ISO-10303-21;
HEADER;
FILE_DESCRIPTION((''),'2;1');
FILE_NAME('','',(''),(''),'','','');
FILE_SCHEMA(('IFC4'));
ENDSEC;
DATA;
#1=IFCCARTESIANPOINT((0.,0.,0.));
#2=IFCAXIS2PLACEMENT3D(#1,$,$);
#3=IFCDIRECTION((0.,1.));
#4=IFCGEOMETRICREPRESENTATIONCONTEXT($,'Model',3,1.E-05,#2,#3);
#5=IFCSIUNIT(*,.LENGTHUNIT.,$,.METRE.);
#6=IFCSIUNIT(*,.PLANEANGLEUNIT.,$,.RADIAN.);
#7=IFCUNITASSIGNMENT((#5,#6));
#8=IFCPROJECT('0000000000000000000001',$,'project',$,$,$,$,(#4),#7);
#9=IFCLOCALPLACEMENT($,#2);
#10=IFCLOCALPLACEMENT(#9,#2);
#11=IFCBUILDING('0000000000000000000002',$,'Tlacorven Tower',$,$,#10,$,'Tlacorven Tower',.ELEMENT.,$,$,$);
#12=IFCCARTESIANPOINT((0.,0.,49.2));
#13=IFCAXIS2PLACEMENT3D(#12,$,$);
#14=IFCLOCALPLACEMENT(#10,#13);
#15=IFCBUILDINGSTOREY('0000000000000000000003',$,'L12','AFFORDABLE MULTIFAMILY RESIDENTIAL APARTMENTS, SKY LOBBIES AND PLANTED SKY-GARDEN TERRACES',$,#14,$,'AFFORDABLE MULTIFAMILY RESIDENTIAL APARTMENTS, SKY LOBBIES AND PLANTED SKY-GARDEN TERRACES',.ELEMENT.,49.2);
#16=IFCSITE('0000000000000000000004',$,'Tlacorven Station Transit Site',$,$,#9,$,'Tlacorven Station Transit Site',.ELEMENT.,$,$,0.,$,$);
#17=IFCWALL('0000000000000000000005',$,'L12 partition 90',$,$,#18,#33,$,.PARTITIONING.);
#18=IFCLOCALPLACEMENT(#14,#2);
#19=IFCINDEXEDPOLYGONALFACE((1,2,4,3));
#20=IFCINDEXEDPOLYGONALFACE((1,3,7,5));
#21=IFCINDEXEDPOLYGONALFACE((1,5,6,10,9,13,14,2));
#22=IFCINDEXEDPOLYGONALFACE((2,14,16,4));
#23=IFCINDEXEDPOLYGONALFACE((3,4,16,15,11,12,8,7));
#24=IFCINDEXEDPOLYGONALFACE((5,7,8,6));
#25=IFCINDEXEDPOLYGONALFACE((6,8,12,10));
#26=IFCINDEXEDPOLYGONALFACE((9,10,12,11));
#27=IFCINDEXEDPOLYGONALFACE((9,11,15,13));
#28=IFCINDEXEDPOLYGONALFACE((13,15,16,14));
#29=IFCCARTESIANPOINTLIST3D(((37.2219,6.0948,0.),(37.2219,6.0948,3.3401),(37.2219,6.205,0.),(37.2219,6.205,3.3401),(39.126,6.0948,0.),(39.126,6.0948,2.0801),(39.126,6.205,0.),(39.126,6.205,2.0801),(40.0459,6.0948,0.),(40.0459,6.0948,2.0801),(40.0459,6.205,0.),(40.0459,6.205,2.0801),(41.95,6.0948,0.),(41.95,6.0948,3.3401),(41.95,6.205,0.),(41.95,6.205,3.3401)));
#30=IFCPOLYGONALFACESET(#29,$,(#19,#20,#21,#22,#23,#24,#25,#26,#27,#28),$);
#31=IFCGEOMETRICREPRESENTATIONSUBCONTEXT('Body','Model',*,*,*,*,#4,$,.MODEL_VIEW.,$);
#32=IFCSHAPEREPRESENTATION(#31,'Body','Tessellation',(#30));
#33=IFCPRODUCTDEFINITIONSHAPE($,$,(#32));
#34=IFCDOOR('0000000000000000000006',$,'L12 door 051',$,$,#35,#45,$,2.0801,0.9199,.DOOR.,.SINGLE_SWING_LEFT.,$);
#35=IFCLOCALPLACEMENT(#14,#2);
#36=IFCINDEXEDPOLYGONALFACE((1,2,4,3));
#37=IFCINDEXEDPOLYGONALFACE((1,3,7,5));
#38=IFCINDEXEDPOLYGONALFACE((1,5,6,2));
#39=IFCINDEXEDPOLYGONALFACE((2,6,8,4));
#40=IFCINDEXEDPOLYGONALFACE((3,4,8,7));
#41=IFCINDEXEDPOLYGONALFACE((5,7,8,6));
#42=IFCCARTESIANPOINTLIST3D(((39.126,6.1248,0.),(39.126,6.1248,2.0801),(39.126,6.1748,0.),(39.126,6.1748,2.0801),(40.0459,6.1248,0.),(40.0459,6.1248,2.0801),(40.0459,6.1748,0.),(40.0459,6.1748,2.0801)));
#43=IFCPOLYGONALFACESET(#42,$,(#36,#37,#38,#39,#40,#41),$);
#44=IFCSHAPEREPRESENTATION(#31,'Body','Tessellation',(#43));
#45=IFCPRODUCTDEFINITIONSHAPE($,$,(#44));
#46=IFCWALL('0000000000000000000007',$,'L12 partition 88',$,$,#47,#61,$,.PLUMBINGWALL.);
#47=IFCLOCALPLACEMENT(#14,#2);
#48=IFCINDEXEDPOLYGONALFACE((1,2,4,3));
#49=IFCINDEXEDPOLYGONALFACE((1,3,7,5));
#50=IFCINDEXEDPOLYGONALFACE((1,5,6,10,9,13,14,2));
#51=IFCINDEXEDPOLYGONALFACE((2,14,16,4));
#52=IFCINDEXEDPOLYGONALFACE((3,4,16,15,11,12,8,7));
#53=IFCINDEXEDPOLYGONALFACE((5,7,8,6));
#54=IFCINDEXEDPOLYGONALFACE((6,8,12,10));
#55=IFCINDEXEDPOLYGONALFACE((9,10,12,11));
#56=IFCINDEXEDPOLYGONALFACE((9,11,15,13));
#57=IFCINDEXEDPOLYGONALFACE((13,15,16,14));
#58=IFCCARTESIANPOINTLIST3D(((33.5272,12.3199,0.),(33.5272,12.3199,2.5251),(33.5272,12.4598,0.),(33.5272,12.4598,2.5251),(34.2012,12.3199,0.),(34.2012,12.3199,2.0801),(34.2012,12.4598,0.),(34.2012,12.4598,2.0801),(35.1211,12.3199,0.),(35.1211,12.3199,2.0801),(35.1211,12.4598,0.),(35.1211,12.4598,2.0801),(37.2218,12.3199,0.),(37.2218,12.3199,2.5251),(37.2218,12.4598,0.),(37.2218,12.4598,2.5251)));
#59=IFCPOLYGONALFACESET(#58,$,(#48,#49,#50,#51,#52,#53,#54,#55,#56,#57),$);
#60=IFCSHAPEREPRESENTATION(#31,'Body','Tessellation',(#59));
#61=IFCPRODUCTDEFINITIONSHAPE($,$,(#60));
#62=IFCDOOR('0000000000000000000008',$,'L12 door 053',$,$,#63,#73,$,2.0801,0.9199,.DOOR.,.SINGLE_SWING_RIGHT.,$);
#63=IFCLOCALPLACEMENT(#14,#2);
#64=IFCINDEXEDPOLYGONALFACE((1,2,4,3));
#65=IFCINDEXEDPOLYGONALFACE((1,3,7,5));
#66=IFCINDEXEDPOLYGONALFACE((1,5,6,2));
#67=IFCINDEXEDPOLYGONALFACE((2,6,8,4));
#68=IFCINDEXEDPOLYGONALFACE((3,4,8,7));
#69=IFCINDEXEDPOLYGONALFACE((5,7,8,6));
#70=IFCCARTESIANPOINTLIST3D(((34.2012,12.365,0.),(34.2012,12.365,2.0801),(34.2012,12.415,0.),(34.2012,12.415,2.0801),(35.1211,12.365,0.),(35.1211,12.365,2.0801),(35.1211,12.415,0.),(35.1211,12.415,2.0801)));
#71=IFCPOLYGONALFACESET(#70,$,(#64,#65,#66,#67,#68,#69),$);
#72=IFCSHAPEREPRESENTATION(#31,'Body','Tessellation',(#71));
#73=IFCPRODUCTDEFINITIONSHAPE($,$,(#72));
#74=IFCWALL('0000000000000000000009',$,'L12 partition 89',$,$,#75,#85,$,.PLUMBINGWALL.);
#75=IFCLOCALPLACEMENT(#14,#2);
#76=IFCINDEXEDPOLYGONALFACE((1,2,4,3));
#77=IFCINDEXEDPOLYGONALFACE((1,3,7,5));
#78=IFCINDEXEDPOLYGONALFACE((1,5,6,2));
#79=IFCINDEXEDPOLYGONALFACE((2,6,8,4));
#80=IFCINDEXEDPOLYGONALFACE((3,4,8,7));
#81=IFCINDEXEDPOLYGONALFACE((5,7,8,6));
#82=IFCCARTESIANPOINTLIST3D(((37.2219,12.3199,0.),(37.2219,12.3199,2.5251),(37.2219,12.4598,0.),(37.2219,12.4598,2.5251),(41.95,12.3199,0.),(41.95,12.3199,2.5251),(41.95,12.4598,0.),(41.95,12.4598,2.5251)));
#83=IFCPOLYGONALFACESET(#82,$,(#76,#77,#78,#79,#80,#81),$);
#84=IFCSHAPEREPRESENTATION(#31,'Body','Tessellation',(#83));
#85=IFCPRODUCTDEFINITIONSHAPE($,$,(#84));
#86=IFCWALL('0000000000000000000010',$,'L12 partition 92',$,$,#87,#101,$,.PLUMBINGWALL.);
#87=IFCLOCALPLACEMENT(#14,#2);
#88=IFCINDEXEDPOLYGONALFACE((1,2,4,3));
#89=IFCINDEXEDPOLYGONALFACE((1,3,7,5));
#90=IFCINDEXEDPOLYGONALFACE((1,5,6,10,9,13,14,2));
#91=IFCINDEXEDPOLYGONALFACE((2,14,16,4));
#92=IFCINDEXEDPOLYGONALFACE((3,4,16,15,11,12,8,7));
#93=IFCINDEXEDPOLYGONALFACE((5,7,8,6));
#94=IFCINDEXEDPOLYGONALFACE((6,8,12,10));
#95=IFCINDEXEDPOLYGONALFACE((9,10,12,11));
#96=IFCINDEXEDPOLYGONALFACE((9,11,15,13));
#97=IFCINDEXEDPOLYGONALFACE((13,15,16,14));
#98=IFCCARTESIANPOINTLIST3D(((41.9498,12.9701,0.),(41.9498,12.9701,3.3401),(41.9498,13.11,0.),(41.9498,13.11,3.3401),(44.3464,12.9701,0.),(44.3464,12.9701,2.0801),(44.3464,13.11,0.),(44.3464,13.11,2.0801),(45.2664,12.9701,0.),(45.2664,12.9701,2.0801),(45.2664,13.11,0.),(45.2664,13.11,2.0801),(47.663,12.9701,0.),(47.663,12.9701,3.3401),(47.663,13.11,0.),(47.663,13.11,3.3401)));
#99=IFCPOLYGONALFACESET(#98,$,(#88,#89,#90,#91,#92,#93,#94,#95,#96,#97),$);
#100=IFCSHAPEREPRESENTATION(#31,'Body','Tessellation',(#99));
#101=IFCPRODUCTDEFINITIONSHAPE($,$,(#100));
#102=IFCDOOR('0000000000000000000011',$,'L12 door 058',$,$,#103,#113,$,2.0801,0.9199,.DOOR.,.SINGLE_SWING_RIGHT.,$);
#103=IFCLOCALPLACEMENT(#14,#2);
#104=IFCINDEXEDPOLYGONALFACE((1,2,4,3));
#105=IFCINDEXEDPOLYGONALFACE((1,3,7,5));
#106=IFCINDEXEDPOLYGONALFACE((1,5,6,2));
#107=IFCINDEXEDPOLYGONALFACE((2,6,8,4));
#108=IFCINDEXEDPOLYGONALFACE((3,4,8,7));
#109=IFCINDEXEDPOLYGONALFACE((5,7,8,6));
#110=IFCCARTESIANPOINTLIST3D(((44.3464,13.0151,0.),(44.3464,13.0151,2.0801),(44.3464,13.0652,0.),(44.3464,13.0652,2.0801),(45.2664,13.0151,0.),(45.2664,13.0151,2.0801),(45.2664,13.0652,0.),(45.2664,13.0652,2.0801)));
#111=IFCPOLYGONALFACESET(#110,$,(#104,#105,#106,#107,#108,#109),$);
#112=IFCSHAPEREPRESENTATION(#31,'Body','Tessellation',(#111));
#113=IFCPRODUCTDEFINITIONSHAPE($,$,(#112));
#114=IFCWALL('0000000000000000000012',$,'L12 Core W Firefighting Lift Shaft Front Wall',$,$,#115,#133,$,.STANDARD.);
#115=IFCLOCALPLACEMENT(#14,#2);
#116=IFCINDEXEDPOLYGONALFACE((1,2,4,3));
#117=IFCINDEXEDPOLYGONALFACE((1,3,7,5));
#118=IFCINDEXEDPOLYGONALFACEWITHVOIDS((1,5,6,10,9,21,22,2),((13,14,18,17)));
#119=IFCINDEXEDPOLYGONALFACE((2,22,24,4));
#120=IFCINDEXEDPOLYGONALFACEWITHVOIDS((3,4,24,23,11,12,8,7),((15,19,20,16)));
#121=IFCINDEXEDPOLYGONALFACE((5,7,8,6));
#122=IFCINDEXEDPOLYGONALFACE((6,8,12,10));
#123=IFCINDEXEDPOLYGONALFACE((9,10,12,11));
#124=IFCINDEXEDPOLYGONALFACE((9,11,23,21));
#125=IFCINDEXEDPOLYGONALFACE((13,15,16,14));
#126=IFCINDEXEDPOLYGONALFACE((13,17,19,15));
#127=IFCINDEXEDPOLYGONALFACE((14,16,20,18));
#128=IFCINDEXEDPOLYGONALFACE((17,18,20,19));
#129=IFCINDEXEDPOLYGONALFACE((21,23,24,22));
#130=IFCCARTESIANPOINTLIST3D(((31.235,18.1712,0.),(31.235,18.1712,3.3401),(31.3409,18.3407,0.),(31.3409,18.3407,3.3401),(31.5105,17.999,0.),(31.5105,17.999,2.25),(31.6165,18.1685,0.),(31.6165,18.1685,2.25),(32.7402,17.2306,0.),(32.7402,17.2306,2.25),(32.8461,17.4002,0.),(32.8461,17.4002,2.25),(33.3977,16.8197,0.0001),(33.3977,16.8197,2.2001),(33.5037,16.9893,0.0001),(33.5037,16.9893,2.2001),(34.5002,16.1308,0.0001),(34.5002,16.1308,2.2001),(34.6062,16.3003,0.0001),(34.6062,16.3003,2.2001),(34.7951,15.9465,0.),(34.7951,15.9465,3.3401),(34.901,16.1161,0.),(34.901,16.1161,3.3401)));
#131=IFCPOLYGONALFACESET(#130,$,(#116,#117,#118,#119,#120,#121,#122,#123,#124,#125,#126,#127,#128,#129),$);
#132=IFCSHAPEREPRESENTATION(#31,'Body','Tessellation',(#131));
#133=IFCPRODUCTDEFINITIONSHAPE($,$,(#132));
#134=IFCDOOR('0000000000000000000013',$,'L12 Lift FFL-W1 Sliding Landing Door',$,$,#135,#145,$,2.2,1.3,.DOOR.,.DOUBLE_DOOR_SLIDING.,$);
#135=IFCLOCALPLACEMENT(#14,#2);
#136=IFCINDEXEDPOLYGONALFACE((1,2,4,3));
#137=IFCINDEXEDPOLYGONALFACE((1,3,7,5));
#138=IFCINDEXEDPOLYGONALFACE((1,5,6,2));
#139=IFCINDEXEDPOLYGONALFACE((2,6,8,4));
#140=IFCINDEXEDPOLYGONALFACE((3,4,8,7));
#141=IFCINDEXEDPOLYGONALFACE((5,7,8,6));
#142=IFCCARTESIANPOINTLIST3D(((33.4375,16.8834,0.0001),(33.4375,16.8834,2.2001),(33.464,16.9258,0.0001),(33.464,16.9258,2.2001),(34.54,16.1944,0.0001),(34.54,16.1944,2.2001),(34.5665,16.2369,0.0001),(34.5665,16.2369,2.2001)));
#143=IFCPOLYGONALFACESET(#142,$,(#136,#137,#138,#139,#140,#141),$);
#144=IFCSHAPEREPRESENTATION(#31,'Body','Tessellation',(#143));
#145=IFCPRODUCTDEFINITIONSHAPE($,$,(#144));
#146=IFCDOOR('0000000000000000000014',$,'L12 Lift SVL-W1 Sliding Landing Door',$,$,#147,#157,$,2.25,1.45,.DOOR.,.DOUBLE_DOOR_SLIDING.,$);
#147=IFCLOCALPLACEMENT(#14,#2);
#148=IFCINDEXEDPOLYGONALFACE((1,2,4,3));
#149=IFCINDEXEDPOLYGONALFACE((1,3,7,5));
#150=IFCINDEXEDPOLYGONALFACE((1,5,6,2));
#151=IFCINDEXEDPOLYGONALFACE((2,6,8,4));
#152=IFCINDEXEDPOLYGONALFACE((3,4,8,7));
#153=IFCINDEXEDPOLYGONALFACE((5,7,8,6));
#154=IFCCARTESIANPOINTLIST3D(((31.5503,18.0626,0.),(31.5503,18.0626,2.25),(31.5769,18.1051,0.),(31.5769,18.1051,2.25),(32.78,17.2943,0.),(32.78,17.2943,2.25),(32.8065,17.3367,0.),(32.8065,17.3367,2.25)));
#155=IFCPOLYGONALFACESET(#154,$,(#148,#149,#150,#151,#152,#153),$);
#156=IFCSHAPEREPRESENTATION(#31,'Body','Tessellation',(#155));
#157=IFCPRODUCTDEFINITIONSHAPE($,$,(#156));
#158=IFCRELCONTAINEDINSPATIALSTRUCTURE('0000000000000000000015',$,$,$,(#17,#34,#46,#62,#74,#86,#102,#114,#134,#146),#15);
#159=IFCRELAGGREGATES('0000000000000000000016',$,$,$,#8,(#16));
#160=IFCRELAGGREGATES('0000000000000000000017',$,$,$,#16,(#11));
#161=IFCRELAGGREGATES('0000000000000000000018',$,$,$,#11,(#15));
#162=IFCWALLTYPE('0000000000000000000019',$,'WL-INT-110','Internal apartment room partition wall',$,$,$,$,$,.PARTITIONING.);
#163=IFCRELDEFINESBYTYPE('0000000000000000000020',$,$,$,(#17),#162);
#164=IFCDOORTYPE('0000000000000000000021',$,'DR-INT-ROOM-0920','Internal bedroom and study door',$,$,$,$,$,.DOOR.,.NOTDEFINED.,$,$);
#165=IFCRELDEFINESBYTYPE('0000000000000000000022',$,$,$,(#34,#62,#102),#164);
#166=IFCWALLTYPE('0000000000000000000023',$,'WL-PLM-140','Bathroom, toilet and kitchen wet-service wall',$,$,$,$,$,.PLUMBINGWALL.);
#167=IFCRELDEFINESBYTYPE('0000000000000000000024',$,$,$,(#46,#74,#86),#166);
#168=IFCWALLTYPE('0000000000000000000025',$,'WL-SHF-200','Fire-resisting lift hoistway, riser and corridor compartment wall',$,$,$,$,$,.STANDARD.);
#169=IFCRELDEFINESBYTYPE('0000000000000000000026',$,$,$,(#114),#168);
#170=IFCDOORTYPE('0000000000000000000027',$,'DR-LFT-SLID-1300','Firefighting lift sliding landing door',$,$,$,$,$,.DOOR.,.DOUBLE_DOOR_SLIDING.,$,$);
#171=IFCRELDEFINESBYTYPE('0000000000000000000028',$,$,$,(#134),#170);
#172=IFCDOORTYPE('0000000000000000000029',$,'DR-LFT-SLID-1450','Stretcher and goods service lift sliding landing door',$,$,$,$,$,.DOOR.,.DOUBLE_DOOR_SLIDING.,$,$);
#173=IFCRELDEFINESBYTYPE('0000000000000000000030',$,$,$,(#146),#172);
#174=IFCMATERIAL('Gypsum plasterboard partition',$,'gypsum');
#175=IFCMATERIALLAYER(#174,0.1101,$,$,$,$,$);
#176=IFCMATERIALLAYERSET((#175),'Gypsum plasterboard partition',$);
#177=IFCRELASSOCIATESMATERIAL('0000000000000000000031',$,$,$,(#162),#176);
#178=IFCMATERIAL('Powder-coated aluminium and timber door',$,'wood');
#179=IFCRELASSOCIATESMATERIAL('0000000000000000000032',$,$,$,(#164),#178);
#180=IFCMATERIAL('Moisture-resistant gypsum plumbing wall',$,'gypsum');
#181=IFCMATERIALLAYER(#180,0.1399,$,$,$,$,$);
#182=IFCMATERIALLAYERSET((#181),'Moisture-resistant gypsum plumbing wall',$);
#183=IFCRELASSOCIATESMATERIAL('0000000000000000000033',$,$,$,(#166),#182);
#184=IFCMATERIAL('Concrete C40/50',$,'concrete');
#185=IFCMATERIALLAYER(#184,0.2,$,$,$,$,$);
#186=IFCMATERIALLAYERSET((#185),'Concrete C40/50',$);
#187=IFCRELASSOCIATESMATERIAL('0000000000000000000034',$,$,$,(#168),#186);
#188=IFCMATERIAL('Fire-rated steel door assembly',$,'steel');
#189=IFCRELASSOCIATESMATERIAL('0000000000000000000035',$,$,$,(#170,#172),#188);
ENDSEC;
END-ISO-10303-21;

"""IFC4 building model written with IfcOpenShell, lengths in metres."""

from ifc_helpers import new_model, si_unit, direction, frame, frame_2d, origin, place, context, subcontext, project, spatial, rectangle, extrude, source, transform, mapped, material, layer, layer_set, type_object, element, fill, save


model = new_model("IFC4")

# Units and contexts
model_context = context("Model", 3, precision=1e-05, world=origin(), true_north=direction((0.0, 1.0)))
body_context = subcontext(model_context, "Body", "Model", "MODEL_VIEW")
ifc_project = project(units=[si_unit("LENGTHUNIT", "METRE"), si_unit("PLANEANGLEUNIT", "RADIAN")], contexts=[model_context])

# Site, building, storey
site_placement = place(None, origin())
site = spatial("IfcSite", under=ifc_project, at=site_placement, Name="Tlacorven Station Transit Site", LongName="Tlacorven Station Transit Site", CompositionType="ELEMENT", RefElevation=0.0)
building_placement = place(site_placement, origin())
building = spatial("IfcBuilding", under=site, at=building_placement, Name="Tlacorven Tower", LongName="Tlacorven Tower", CompositionType="ELEMENT")
storey_placement = place(building_placement, frame((0.0, 0.0, 49.2)))
storey = spatial("IfcBuildingStorey", under=building, at=storey_placement, Name="L12", Description="AFFORDABLE MULTIFAMILY RESIDENTIAL APARTMENTS, SKY LOBBIES AND PLANTED SKY-GARDEN TERRACES", LongName="AFFORDABLE MULTIFAMILY RESIDENTIAL APARTMENTS, SKY LOBBIES AND PLANTED SKY-GARDEN TERRACES", CompositionType="ELEMENT", Elevation=49.2)

# Shared definitions
ifc_material_1 = material(Name="Fire-rated steel door assembly", Category="steel")

# Walls, openings, doors
ifc_material_2 = material(Name="Gypsum plasterboard partition", Category="gypsum")
ifc_layer_1 = layer(ifc_material_2, 0.1101)
ifc_layer_set_1 = layer_set([ifc_layer_1], Name="Gypsum plasterboard partition")
wall_type_1 = type_object("IfcWallType", Name="WL-INT-110", Description="Internal apartment room partition wall", PredefinedType="PARTITIONING", material=ifc_layer_set_1)
wall_1_placement = place(storey_placement, frame((37.2219, 6.1499, 0.0), z_axis=(0.0, 0.0, 1.0), x_axis=(1.0, 0.0, 0.0)))
wall_1 = element("IfcWall", 1, at=wall_1_placement, inside=storey, type_object=wall_type_1, Name="L12 partition 90", PredefinedType="PARTITIONING", context=body_context, shape_type="SweptSolid", body=[
    extrude(rectangle(XDim=4.728, YDim=0.1101, at=frame_2d((2.364, 0.0))), origin(), (0.0, 0.0, 1.0), 3.3401),
])
opening_1_placement = place(wall_1_placement, frame((1.9041, 0.0, 0.0)))
opening_1 = element("IfcOpeningElement", 2, at=opening_1_placement, cuts=wall_1, PredefinedType="OPENING", context=body_context, shape_type="SweptSolid", body=[
    extrude(rectangle(XDim=0.9199, YDim=2.0801, at=frame_2d((0.46, 1.04))), frame((0.0, 0.0649, 0.0), z_axis=(0.0, -1.0, 0.0), x_axis=(1.0, 0.0, 0.0)), (0.0, 0.0, 1.0), 0.1301),
])
ifc_material_3 = material(Name="Powder-coated aluminium and timber door", Category="wood")
door_type_1 = type_object("IfcDoorType", Name="DR-INT-ROOM-0920", Description="Internal bedroom and study door", OperationType="NOTDEFINED", PredefinedType="DOOR", material=ifc_material_3)
shared_shape_1 = source(origin(), body_context, "Body", "SweptSolid", [
    extrude(rectangle(XDim=0.9199, YDim=2.0801, at=frame_2d((0.46, 1.04))), frame((0.0, 0.0249, 0.0), z_axis=(0.0, -1.0, 0.0), x_axis=(1.0, 0.0, 0.0)), (0.0, 0.0, 1.0), 0.05),
])
door_1_placement = place(opening_1_placement, origin())
door_1 = element("IfcDoor", 3, at=door_1_placement, inside=storey, type_object=door_type_1, Name="L12 door 051", OperationType="SINGLE_SWING_LEFT", OverallHeight=2.0801, OverallWidth=0.9199, PredefinedType="DOOR", context=body_context, shape_type="MappedRepresentation", body=[
    mapped(shared_shape_1, transform((0.0, 0.0, 0.0), scale=1.0)),
])
fill(opening_1, door_1)
ifc_material_4 = material(Name="Moisture-resistant gypsum plumbing wall", Category="gypsum")
ifc_layer_2 = layer(ifc_material_4, 0.1399)
ifc_layer_set_2 = layer_set([ifc_layer_2], Name="Moisture-resistant gypsum plumbing wall")
wall_type_2 = type_object("IfcWallType", Name="WL-PLM-140", Description="Bathroom, toilet and kitchen wet-service wall", PredefinedType="PLUMBINGWALL", material=ifc_layer_set_2)
wall_2_placement = place(storey_placement, frame((33.5273, 12.3899, 0.0), z_axis=(0.0, 0.0, 1.0), x_axis=(1.0, 0.0, 0.0)))
wall_2 = element("IfcWall", 4, at=wall_2_placement, inside=storey, type_object=wall_type_2, Name="L12 partition 88", PredefinedType="PLUMBINGWALL", context=body_context, shape_type="SweptSolid", body=[
    extrude(rectangle(XDim=3.6946, YDim=0.1399, at=frame_2d((1.8472, 0.0))), origin(), (0.0, 0.0, 1.0), 2.5251),
])
opening_2_placement = place(wall_2_placement, frame((0.6738, 0.0, 0.0)))
opening_2 = element("IfcOpeningElement", 5, at=opening_2_placement, cuts=wall_2, PredefinedType="OPENING", context=body_context, shape_type="SweptSolid", body=[
    extrude(rectangle(XDim=0.9199, YDim=2.0801, at=frame_2d((0.46, 1.04))), frame((0.0, 0.0801, 0.0), z_axis=(0.0, -1.0, 0.0), x_axis=(1.0, 0.0, 0.0)), (0.0, 0.0, 1.0), 0.1599),
])
door_2_placement = place(opening_2_placement, frame((0.9199, 0.0, 0.0), z_axis=(0.0, 0.0, 1.0), x_axis=(-1.0, 0.0, 0.0)))
door_2 = element("IfcDoor", 6, at=door_2_placement, inside=storey, type_object=door_type_1, Name="L12 door 053", OperationType="SINGLE_SWING_RIGHT", OverallHeight=2.0801, OverallWidth=0.9199, PredefinedType="DOOR", context=body_context, shape_type="MappedRepresentation", body=[
    mapped(shared_shape_1, transform((0.0, 0.0, 0.0), scale=1.0)),
])
fill(opening_2, door_2)

# Wall
wall_3_placement = place(storey_placement, frame((37.2219, 12.3899, 0.0), z_axis=(0.0, 0.0, 1.0), x_axis=(1.0, 0.0, 0.0)))
element("IfcWall", 7, at=wall_3_placement, inside=storey, type_object=wall_type_2, Name="L12 partition 89", PredefinedType="PLUMBINGWALL", context=body_context, shape_type="SweptSolid", body=[
    extrude(rectangle(XDim=4.728, YDim=0.1399, at=frame_2d((2.364, 0.0))), origin(), (0.0, 0.0, 1.0), 2.5251),
])

# Wall, opening, door
wall_4_placement = place(storey_placement, frame((41.95, 13.04, 0.0), z_axis=(0.0, 0.0, 1.0), x_axis=(1.0, 0.0, 0.0)))
wall_4 = element("IfcWall", 8, at=wall_4_placement, inside=storey, type_object=wall_type_2, Name="L12 partition 92", PredefinedType="PLUMBINGWALL", context=body_context, shape_type="SweptSolid", body=[
    extrude(rectangle(XDim=5.7131, YDim=0.1399, at=frame_2d((2.8564, 0.0))), origin(), (0.0, 0.0, 1.0), 3.3401),
])
opening_3_placement = place(wall_4_placement, frame((2.3965, 0.0, 0.0)))
opening_3 = element("IfcOpeningElement", 9, at=opening_3_placement, cuts=wall_4, PredefinedType="OPENING", context=body_context, shape_type="SweptSolid", body=[
    extrude(rectangle(XDim=0.9199, YDim=2.0801, at=frame_2d((0.46, 1.04))), frame((0.0, 0.0801, 0.0), z_axis=(0.0, -1.0, 0.0), x_axis=(1.0, 0.0, 0.0)), (0.0, 0.0, 1.0), 0.1599),
])
door_3_placement = place(opening_3_placement, frame((0.9199, 0.0, 0.0), z_axis=(0.0, 0.0, 1.0), x_axis=(-1.0, 0.0, 0.0)))
door_3 = element("IfcDoor", 10, at=door_3_placement, inside=storey, type_object=door_type_1, Name="L12 door 058", OperationType="SINGLE_SWING_RIGHT", OverallHeight=2.0801, OverallWidth=0.9199, PredefinedType="DOOR", context=body_context, shape_type="MappedRepresentation", body=[
    mapped(shared_shape_1, transform((0.0, 0.0, 0.0), scale=1.0)),
])
fill(opening_3, door_3)

# Wall, openings, doors
ifc_material_5 = material(Name="Concrete C40/50", Category="concrete")
ifc_layer_3 = layer(ifc_material_5, 0.2)
ifc_layer_set_3 = layer_set([ifc_layer_3], Name="Concrete C40/50")
wall_type_3 = type_object("IfcWallType", Name="WL-SHF-200", Description="Fire-resisting lift hoistway, riser and corridor compartment wall", PredefinedType="STANDARD", material=ifc_layer_set_3)
wall_5_placement = place(storey_placement, frame((34.8481, 16.0312, 0.0), z_axis=(0.0, 0.0, 1.0), x_axis=(-0.848044, 0.529926, 0.0)))
wall_5 = element("IfcWall", 11, at=wall_5_placement, inside=storey, type_object=wall_type_3, Name="L12 Core W Firefighting Lift Shaft Front Wall", PredefinedType="STANDARD", context=body_context, shape_type="SweptSolid", body=[
    extrude(rectangle(XDim=4.198, YDim=0.2, at=frame_2d((2.0991, 0.0))), origin(), (0.0, 0.0, 1.0), 3.3401),
])
opening_4_placement = place(wall_5_placement, frame((0.3479, 0.0, 0.0)))
opening_4 = element("IfcOpeningElement", 12, at=opening_4_placement, cuts=wall_5, PredefinedType="OPENING", context=body_context, shape_type="SweptSolid", body=[
    extrude(rectangle(XDim=1.3, YDim=2.2, at=frame_2d((0.6499, 1.1001))), frame((0.0, 0.1099, 0.0), z_axis=(0.0, -1.0, 0.0), x_axis=(1.0, 0.0, 0.0)), (0.0, 0.0, 1.0), 0.22),
])
opening_5_placement = place(wall_5_placement, frame((2.4231, 0.0, 0.0)))
opening_5 = element("IfcOpeningElement", 13, at=opening_5_placement, cuts=wall_5, PredefinedType="OPENING", context=body_context, shape_type="SweptSolid", body=[
    extrude(rectangle(XDim=1.45, YDim=2.25, at=frame_2d((0.7251, 1.125))), frame((0.0, 0.1099, 0.0), z_axis=(0.0, -1.0, 0.0), x_axis=(1.0, 0.0, 0.0)), (0.0, 0.0, 1.0), 0.22),
])
door_type_2 = type_object("IfcDoorType", Name="DR-LFT-SLID-1300", Description="Firefighting lift sliding landing door", OperationType="DOUBLE_DOOR_SLIDING", PredefinedType="DOOR", material=ifc_material_1)
shared_shape_2 = source(origin(), body_context, "Body", "SweptSolid", [
    extrude(rectangle(XDim=1.3, YDim=2.2, at=frame_2d((0.6499, 1.1001))), frame((0.0, 0.0249, 0.0), z_axis=(0.0, -1.0, 0.0), x_axis=(1.0, 0.0, 0.0)), (0.0, 0.0, 1.0), 0.05),
])
door_4_placement = place(opening_4_placement, origin())
door_4 = element("IfcDoor", 14, at=door_4_placement, inside=storey, type_object=door_type_2, Name="L12 Lift FFL-W1 Sliding Landing Door", OperationType="DOUBLE_DOOR_SLIDING", OverallHeight=2.2, OverallWidth=1.3, PredefinedType="DOOR", context=body_context, shape_type="MappedRepresentation", body=[
    mapped(shared_shape_2, transform((0.0, 0.0, 0.0), scale=1.0)),
])
fill(opening_4, door_4)
door_type_3 = type_object("IfcDoorType", Name="DR-LFT-SLID-1450", Description="Stretcher and goods service lift sliding landing door", OperationType="DOUBLE_DOOR_SLIDING", PredefinedType="DOOR", material=ifc_material_1)
shared_shape_3 = source(origin(), body_context, "Body", "SweptSolid", [
    extrude(rectangle(XDim=1.45, YDim=2.25, at=frame_2d((0.7251, 1.125))), frame((0.0, 0.0249, 0.0), z_axis=(0.0, -1.0, 0.0), x_axis=(1.0, 0.0, 0.0)), (0.0, 0.0, 1.0), 0.05),
])
door_5_placement = place(opening_5_placement, origin())
door_5 = element("IfcDoor", 15, at=door_5_placement, inside=storey, type_object=door_type_3, Name="L12 Lift SVL-W1 Sliding Landing Door", OperationType="DOUBLE_DOOR_SLIDING", OverallHeight=2.25, OverallWidth=1.45, PredefinedType="DOOR", context=body_context, shape_type="MappedRepresentation", body=[
    mapped(shared_shape_3, transform((0.0, 0.0, 0.0), scale=1.0)),
])
fill(opening_5, door_5)

save(model, "model.ifc")
